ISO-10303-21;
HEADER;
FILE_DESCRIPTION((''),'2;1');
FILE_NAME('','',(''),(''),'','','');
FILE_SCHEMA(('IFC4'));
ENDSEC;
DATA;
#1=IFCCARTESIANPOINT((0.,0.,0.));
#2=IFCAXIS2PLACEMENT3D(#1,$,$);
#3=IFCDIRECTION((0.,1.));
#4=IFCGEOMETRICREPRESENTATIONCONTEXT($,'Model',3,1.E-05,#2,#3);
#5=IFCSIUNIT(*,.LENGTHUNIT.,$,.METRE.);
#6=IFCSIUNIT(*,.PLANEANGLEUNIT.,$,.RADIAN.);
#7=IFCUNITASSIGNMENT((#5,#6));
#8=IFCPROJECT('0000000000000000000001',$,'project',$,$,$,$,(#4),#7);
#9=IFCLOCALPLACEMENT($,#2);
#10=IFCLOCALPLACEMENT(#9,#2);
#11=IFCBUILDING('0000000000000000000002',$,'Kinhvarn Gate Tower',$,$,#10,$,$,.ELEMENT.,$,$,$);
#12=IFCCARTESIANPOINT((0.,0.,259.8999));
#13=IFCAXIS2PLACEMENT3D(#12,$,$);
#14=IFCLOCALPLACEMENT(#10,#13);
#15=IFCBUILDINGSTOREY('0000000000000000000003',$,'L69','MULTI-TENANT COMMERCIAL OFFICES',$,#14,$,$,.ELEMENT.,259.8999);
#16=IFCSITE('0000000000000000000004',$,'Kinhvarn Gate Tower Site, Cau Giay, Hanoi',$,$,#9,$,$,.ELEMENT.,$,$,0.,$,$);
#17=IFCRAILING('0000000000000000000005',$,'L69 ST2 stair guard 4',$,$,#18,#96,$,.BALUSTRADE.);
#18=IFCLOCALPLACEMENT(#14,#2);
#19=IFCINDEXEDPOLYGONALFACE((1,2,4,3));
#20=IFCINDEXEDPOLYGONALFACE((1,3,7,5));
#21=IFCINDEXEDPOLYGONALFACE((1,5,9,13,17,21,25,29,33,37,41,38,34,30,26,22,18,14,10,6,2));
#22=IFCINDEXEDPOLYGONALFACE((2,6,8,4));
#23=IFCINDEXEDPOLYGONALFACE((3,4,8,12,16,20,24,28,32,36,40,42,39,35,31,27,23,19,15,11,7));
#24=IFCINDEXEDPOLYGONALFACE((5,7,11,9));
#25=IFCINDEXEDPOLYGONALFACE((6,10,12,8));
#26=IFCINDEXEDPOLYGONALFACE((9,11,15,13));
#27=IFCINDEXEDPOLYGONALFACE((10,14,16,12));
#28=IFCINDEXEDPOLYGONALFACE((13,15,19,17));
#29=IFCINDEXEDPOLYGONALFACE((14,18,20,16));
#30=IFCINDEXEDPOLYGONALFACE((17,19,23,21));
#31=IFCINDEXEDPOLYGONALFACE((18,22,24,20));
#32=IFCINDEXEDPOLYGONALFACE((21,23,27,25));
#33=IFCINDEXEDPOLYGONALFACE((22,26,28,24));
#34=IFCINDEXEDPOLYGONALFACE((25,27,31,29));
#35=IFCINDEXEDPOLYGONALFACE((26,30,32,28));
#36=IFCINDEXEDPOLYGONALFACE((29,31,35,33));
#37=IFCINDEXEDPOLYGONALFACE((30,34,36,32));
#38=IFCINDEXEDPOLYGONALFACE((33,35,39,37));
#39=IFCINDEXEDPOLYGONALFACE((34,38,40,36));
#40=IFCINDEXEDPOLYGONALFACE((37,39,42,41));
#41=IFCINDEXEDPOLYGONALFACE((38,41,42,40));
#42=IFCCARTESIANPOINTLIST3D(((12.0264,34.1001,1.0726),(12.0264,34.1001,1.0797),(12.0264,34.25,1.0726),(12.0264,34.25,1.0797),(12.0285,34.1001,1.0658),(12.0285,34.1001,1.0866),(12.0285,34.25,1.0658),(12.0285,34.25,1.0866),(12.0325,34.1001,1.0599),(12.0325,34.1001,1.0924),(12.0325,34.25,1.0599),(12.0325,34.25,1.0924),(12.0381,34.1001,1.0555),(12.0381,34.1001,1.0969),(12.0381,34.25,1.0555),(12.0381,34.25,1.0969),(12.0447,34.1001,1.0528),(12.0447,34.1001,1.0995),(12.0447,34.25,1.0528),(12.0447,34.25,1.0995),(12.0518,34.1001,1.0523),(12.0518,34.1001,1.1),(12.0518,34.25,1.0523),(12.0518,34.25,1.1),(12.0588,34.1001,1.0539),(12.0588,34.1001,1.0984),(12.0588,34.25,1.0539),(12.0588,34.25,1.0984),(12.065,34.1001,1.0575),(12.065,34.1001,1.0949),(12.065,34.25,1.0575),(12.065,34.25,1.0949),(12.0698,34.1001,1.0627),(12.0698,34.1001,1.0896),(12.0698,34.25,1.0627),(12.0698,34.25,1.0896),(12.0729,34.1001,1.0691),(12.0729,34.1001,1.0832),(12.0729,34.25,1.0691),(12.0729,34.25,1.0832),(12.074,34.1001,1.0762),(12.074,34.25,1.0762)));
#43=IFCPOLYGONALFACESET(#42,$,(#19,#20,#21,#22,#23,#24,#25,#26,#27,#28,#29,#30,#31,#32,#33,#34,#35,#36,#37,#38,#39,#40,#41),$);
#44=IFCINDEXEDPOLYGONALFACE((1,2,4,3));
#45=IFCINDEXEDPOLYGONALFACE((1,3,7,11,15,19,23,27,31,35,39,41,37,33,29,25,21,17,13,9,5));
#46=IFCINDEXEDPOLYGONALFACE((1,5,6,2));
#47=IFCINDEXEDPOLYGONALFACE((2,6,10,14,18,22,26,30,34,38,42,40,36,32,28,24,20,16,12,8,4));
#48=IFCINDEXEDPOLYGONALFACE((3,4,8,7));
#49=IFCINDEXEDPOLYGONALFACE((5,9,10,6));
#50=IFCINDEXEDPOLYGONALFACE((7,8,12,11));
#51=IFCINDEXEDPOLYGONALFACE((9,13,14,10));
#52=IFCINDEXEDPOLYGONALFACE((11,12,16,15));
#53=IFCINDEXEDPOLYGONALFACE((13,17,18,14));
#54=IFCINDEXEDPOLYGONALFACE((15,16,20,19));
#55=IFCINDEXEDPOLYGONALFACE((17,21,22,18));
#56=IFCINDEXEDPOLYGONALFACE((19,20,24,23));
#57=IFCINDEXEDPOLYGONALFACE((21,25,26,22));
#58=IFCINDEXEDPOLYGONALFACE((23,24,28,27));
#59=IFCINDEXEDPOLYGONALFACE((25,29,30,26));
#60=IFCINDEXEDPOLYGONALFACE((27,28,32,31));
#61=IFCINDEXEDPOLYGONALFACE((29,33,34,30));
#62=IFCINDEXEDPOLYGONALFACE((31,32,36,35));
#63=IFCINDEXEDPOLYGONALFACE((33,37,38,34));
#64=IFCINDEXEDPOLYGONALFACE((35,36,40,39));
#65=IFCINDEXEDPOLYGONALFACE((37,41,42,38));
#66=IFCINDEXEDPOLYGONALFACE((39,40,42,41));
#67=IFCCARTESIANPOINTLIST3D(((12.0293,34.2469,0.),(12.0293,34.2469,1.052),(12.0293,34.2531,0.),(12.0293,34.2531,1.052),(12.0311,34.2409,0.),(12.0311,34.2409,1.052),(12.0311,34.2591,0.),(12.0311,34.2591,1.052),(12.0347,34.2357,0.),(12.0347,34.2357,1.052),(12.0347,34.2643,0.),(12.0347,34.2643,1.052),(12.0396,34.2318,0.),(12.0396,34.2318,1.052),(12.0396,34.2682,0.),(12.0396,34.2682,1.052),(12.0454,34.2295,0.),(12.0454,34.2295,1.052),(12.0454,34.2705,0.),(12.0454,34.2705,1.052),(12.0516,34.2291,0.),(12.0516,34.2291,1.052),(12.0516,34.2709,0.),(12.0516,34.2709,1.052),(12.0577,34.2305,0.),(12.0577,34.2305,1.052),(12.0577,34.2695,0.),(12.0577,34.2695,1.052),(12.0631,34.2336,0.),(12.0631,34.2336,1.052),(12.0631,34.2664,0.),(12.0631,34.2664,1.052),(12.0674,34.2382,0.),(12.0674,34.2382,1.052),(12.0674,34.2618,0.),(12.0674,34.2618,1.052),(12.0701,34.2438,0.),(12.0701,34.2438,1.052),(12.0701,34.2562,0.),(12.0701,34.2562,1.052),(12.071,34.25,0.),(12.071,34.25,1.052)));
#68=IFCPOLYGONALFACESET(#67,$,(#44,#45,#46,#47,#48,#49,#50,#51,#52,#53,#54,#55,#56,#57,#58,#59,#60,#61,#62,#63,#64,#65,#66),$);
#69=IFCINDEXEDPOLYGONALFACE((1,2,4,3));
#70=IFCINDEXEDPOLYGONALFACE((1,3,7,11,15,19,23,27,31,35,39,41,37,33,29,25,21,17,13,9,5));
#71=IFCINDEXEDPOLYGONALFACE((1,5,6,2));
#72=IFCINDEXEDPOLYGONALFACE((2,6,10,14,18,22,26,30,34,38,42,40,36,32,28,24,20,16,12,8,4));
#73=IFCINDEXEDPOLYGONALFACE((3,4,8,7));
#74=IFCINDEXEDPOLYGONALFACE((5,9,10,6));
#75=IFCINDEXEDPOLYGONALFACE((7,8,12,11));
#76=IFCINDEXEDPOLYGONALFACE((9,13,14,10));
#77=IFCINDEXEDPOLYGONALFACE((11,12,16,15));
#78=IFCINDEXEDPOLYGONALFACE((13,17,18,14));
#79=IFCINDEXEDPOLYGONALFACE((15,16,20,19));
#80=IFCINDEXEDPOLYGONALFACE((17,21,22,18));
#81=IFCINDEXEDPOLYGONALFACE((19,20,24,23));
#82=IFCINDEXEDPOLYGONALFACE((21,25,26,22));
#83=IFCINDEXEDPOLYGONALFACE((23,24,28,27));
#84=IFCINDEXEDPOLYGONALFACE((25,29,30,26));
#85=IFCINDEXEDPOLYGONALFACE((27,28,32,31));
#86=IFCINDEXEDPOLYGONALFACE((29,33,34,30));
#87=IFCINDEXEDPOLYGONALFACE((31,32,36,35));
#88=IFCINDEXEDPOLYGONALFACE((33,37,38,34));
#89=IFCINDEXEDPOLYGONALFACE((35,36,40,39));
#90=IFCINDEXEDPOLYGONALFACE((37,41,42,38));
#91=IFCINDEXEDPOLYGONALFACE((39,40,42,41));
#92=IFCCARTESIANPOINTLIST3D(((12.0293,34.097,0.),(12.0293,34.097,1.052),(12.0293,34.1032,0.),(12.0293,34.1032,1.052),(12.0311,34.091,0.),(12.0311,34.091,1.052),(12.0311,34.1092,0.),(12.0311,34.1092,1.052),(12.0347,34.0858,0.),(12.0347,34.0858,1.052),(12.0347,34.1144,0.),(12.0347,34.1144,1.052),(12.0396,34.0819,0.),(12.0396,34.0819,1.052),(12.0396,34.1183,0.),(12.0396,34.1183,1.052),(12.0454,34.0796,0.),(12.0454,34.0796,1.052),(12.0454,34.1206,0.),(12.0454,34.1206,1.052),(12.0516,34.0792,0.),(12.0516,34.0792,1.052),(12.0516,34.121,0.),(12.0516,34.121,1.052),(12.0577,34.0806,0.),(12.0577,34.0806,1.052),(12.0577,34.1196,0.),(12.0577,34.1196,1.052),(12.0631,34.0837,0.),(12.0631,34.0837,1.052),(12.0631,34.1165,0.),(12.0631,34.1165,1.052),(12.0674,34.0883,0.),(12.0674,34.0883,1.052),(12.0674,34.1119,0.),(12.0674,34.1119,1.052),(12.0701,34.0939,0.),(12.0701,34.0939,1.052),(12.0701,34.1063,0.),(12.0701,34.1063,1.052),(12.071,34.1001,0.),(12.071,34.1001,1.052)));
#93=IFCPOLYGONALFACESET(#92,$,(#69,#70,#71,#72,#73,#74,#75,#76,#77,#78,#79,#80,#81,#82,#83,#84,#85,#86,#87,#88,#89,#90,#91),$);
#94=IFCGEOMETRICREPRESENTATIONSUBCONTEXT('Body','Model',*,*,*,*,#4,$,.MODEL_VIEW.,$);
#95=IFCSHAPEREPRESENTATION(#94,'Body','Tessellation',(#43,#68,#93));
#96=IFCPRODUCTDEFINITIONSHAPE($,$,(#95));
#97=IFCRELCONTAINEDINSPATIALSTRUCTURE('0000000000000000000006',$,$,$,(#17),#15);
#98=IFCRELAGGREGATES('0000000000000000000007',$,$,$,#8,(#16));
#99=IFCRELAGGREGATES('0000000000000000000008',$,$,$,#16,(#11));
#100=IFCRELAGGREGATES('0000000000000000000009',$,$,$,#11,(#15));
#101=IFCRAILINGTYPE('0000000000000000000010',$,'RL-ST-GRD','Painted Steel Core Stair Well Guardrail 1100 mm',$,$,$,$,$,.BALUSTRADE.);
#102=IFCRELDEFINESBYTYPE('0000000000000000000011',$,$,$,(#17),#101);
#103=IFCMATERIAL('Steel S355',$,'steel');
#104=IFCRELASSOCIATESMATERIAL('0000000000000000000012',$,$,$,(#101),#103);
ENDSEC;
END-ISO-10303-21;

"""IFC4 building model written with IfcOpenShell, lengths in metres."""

from ifc_helpers import new_model, si_unit, direction, frame, origin, origin_2d, place, context, subcontext, project, spatial, circle, extrude, material, type_object, element, save


model = new_model("IFC4")

# Units and contexts
model_context = context("Model", 3, precision=1e-05, world=origin(), true_north=direction((0.0, 1.0)))
body_context = subcontext(model_context, "Body", "Model", "MODEL_VIEW")
ifc_project = project(units=[si_unit("LENGTHUNIT", "METRE"), si_unit("PLANEANGLEUNIT", "RADIAN")], contexts=[model_context])

# Site, building, storey
site_placement = place(None, origin())
site = spatial("IfcSite", under=ifc_project, at=site_placement, Name="Kinhvarn Gate Tower Site, Cau Giay, Hanoi", CompositionType="ELEMENT", RefElevation=0.0)
building_placement = place(site_placement, origin())
building = spatial("IfcBuilding", under=site, at=building_placement, Name="Kinhvarn Gate Tower", CompositionType="ELEMENT")
storey_placement = place(building_placement, frame((0.0, 0.0, 259.8999)))
storey = spatial("IfcBuildingStorey", under=building, at=storey_placement, Name="L69", Description="MULTI-TENANT COMMERCIAL OFFICES", CompositionType="ELEMENT", Elevation=259.8999)

# Railing
ifc_material_1 = material(Name="Steel S355", Category="steel")
railing_type_1 = type_object("IfcRailingType", Name="RL-ST-GRD", Description="Painted Steel Core Stair Well Guardrail 1100 mm", PredefinedType="BALUSTRADE", material=ifc_material_1)
railing_1_placement = place(storey_placement, frame((12.05, 34.25, 0.0)))
element("IfcRailing", 1, at=railing_1_placement, inside=storey, type_object=railing_type_1, Name="L69 ST2 stair guard 4", PredefinedType="BALUSTRADE", context=body_context, shape_type="SweptSolid", body=[
    extrude(circle(Radius=0.0239, at=origin_2d()), frame((0.0, 0.0, 1.0762), z_axis=(0.0, -1.0, 0.0), x_axis=(1.0, 0.0, 0.0)), (0.0, 0.0, 1.0), 0.1499),
    extrude(circle(Radius=0.021, at=origin_2d()), origin(), (0.0, 0.0, 1.0), 1.052),
    extrude(circle(Radius=0.021, at=origin_2d()), frame((0.0, -0.1499, 0.0)), (0.0, 0.0, 1.0), 1.052),
])

save(model, "model.ifc")
